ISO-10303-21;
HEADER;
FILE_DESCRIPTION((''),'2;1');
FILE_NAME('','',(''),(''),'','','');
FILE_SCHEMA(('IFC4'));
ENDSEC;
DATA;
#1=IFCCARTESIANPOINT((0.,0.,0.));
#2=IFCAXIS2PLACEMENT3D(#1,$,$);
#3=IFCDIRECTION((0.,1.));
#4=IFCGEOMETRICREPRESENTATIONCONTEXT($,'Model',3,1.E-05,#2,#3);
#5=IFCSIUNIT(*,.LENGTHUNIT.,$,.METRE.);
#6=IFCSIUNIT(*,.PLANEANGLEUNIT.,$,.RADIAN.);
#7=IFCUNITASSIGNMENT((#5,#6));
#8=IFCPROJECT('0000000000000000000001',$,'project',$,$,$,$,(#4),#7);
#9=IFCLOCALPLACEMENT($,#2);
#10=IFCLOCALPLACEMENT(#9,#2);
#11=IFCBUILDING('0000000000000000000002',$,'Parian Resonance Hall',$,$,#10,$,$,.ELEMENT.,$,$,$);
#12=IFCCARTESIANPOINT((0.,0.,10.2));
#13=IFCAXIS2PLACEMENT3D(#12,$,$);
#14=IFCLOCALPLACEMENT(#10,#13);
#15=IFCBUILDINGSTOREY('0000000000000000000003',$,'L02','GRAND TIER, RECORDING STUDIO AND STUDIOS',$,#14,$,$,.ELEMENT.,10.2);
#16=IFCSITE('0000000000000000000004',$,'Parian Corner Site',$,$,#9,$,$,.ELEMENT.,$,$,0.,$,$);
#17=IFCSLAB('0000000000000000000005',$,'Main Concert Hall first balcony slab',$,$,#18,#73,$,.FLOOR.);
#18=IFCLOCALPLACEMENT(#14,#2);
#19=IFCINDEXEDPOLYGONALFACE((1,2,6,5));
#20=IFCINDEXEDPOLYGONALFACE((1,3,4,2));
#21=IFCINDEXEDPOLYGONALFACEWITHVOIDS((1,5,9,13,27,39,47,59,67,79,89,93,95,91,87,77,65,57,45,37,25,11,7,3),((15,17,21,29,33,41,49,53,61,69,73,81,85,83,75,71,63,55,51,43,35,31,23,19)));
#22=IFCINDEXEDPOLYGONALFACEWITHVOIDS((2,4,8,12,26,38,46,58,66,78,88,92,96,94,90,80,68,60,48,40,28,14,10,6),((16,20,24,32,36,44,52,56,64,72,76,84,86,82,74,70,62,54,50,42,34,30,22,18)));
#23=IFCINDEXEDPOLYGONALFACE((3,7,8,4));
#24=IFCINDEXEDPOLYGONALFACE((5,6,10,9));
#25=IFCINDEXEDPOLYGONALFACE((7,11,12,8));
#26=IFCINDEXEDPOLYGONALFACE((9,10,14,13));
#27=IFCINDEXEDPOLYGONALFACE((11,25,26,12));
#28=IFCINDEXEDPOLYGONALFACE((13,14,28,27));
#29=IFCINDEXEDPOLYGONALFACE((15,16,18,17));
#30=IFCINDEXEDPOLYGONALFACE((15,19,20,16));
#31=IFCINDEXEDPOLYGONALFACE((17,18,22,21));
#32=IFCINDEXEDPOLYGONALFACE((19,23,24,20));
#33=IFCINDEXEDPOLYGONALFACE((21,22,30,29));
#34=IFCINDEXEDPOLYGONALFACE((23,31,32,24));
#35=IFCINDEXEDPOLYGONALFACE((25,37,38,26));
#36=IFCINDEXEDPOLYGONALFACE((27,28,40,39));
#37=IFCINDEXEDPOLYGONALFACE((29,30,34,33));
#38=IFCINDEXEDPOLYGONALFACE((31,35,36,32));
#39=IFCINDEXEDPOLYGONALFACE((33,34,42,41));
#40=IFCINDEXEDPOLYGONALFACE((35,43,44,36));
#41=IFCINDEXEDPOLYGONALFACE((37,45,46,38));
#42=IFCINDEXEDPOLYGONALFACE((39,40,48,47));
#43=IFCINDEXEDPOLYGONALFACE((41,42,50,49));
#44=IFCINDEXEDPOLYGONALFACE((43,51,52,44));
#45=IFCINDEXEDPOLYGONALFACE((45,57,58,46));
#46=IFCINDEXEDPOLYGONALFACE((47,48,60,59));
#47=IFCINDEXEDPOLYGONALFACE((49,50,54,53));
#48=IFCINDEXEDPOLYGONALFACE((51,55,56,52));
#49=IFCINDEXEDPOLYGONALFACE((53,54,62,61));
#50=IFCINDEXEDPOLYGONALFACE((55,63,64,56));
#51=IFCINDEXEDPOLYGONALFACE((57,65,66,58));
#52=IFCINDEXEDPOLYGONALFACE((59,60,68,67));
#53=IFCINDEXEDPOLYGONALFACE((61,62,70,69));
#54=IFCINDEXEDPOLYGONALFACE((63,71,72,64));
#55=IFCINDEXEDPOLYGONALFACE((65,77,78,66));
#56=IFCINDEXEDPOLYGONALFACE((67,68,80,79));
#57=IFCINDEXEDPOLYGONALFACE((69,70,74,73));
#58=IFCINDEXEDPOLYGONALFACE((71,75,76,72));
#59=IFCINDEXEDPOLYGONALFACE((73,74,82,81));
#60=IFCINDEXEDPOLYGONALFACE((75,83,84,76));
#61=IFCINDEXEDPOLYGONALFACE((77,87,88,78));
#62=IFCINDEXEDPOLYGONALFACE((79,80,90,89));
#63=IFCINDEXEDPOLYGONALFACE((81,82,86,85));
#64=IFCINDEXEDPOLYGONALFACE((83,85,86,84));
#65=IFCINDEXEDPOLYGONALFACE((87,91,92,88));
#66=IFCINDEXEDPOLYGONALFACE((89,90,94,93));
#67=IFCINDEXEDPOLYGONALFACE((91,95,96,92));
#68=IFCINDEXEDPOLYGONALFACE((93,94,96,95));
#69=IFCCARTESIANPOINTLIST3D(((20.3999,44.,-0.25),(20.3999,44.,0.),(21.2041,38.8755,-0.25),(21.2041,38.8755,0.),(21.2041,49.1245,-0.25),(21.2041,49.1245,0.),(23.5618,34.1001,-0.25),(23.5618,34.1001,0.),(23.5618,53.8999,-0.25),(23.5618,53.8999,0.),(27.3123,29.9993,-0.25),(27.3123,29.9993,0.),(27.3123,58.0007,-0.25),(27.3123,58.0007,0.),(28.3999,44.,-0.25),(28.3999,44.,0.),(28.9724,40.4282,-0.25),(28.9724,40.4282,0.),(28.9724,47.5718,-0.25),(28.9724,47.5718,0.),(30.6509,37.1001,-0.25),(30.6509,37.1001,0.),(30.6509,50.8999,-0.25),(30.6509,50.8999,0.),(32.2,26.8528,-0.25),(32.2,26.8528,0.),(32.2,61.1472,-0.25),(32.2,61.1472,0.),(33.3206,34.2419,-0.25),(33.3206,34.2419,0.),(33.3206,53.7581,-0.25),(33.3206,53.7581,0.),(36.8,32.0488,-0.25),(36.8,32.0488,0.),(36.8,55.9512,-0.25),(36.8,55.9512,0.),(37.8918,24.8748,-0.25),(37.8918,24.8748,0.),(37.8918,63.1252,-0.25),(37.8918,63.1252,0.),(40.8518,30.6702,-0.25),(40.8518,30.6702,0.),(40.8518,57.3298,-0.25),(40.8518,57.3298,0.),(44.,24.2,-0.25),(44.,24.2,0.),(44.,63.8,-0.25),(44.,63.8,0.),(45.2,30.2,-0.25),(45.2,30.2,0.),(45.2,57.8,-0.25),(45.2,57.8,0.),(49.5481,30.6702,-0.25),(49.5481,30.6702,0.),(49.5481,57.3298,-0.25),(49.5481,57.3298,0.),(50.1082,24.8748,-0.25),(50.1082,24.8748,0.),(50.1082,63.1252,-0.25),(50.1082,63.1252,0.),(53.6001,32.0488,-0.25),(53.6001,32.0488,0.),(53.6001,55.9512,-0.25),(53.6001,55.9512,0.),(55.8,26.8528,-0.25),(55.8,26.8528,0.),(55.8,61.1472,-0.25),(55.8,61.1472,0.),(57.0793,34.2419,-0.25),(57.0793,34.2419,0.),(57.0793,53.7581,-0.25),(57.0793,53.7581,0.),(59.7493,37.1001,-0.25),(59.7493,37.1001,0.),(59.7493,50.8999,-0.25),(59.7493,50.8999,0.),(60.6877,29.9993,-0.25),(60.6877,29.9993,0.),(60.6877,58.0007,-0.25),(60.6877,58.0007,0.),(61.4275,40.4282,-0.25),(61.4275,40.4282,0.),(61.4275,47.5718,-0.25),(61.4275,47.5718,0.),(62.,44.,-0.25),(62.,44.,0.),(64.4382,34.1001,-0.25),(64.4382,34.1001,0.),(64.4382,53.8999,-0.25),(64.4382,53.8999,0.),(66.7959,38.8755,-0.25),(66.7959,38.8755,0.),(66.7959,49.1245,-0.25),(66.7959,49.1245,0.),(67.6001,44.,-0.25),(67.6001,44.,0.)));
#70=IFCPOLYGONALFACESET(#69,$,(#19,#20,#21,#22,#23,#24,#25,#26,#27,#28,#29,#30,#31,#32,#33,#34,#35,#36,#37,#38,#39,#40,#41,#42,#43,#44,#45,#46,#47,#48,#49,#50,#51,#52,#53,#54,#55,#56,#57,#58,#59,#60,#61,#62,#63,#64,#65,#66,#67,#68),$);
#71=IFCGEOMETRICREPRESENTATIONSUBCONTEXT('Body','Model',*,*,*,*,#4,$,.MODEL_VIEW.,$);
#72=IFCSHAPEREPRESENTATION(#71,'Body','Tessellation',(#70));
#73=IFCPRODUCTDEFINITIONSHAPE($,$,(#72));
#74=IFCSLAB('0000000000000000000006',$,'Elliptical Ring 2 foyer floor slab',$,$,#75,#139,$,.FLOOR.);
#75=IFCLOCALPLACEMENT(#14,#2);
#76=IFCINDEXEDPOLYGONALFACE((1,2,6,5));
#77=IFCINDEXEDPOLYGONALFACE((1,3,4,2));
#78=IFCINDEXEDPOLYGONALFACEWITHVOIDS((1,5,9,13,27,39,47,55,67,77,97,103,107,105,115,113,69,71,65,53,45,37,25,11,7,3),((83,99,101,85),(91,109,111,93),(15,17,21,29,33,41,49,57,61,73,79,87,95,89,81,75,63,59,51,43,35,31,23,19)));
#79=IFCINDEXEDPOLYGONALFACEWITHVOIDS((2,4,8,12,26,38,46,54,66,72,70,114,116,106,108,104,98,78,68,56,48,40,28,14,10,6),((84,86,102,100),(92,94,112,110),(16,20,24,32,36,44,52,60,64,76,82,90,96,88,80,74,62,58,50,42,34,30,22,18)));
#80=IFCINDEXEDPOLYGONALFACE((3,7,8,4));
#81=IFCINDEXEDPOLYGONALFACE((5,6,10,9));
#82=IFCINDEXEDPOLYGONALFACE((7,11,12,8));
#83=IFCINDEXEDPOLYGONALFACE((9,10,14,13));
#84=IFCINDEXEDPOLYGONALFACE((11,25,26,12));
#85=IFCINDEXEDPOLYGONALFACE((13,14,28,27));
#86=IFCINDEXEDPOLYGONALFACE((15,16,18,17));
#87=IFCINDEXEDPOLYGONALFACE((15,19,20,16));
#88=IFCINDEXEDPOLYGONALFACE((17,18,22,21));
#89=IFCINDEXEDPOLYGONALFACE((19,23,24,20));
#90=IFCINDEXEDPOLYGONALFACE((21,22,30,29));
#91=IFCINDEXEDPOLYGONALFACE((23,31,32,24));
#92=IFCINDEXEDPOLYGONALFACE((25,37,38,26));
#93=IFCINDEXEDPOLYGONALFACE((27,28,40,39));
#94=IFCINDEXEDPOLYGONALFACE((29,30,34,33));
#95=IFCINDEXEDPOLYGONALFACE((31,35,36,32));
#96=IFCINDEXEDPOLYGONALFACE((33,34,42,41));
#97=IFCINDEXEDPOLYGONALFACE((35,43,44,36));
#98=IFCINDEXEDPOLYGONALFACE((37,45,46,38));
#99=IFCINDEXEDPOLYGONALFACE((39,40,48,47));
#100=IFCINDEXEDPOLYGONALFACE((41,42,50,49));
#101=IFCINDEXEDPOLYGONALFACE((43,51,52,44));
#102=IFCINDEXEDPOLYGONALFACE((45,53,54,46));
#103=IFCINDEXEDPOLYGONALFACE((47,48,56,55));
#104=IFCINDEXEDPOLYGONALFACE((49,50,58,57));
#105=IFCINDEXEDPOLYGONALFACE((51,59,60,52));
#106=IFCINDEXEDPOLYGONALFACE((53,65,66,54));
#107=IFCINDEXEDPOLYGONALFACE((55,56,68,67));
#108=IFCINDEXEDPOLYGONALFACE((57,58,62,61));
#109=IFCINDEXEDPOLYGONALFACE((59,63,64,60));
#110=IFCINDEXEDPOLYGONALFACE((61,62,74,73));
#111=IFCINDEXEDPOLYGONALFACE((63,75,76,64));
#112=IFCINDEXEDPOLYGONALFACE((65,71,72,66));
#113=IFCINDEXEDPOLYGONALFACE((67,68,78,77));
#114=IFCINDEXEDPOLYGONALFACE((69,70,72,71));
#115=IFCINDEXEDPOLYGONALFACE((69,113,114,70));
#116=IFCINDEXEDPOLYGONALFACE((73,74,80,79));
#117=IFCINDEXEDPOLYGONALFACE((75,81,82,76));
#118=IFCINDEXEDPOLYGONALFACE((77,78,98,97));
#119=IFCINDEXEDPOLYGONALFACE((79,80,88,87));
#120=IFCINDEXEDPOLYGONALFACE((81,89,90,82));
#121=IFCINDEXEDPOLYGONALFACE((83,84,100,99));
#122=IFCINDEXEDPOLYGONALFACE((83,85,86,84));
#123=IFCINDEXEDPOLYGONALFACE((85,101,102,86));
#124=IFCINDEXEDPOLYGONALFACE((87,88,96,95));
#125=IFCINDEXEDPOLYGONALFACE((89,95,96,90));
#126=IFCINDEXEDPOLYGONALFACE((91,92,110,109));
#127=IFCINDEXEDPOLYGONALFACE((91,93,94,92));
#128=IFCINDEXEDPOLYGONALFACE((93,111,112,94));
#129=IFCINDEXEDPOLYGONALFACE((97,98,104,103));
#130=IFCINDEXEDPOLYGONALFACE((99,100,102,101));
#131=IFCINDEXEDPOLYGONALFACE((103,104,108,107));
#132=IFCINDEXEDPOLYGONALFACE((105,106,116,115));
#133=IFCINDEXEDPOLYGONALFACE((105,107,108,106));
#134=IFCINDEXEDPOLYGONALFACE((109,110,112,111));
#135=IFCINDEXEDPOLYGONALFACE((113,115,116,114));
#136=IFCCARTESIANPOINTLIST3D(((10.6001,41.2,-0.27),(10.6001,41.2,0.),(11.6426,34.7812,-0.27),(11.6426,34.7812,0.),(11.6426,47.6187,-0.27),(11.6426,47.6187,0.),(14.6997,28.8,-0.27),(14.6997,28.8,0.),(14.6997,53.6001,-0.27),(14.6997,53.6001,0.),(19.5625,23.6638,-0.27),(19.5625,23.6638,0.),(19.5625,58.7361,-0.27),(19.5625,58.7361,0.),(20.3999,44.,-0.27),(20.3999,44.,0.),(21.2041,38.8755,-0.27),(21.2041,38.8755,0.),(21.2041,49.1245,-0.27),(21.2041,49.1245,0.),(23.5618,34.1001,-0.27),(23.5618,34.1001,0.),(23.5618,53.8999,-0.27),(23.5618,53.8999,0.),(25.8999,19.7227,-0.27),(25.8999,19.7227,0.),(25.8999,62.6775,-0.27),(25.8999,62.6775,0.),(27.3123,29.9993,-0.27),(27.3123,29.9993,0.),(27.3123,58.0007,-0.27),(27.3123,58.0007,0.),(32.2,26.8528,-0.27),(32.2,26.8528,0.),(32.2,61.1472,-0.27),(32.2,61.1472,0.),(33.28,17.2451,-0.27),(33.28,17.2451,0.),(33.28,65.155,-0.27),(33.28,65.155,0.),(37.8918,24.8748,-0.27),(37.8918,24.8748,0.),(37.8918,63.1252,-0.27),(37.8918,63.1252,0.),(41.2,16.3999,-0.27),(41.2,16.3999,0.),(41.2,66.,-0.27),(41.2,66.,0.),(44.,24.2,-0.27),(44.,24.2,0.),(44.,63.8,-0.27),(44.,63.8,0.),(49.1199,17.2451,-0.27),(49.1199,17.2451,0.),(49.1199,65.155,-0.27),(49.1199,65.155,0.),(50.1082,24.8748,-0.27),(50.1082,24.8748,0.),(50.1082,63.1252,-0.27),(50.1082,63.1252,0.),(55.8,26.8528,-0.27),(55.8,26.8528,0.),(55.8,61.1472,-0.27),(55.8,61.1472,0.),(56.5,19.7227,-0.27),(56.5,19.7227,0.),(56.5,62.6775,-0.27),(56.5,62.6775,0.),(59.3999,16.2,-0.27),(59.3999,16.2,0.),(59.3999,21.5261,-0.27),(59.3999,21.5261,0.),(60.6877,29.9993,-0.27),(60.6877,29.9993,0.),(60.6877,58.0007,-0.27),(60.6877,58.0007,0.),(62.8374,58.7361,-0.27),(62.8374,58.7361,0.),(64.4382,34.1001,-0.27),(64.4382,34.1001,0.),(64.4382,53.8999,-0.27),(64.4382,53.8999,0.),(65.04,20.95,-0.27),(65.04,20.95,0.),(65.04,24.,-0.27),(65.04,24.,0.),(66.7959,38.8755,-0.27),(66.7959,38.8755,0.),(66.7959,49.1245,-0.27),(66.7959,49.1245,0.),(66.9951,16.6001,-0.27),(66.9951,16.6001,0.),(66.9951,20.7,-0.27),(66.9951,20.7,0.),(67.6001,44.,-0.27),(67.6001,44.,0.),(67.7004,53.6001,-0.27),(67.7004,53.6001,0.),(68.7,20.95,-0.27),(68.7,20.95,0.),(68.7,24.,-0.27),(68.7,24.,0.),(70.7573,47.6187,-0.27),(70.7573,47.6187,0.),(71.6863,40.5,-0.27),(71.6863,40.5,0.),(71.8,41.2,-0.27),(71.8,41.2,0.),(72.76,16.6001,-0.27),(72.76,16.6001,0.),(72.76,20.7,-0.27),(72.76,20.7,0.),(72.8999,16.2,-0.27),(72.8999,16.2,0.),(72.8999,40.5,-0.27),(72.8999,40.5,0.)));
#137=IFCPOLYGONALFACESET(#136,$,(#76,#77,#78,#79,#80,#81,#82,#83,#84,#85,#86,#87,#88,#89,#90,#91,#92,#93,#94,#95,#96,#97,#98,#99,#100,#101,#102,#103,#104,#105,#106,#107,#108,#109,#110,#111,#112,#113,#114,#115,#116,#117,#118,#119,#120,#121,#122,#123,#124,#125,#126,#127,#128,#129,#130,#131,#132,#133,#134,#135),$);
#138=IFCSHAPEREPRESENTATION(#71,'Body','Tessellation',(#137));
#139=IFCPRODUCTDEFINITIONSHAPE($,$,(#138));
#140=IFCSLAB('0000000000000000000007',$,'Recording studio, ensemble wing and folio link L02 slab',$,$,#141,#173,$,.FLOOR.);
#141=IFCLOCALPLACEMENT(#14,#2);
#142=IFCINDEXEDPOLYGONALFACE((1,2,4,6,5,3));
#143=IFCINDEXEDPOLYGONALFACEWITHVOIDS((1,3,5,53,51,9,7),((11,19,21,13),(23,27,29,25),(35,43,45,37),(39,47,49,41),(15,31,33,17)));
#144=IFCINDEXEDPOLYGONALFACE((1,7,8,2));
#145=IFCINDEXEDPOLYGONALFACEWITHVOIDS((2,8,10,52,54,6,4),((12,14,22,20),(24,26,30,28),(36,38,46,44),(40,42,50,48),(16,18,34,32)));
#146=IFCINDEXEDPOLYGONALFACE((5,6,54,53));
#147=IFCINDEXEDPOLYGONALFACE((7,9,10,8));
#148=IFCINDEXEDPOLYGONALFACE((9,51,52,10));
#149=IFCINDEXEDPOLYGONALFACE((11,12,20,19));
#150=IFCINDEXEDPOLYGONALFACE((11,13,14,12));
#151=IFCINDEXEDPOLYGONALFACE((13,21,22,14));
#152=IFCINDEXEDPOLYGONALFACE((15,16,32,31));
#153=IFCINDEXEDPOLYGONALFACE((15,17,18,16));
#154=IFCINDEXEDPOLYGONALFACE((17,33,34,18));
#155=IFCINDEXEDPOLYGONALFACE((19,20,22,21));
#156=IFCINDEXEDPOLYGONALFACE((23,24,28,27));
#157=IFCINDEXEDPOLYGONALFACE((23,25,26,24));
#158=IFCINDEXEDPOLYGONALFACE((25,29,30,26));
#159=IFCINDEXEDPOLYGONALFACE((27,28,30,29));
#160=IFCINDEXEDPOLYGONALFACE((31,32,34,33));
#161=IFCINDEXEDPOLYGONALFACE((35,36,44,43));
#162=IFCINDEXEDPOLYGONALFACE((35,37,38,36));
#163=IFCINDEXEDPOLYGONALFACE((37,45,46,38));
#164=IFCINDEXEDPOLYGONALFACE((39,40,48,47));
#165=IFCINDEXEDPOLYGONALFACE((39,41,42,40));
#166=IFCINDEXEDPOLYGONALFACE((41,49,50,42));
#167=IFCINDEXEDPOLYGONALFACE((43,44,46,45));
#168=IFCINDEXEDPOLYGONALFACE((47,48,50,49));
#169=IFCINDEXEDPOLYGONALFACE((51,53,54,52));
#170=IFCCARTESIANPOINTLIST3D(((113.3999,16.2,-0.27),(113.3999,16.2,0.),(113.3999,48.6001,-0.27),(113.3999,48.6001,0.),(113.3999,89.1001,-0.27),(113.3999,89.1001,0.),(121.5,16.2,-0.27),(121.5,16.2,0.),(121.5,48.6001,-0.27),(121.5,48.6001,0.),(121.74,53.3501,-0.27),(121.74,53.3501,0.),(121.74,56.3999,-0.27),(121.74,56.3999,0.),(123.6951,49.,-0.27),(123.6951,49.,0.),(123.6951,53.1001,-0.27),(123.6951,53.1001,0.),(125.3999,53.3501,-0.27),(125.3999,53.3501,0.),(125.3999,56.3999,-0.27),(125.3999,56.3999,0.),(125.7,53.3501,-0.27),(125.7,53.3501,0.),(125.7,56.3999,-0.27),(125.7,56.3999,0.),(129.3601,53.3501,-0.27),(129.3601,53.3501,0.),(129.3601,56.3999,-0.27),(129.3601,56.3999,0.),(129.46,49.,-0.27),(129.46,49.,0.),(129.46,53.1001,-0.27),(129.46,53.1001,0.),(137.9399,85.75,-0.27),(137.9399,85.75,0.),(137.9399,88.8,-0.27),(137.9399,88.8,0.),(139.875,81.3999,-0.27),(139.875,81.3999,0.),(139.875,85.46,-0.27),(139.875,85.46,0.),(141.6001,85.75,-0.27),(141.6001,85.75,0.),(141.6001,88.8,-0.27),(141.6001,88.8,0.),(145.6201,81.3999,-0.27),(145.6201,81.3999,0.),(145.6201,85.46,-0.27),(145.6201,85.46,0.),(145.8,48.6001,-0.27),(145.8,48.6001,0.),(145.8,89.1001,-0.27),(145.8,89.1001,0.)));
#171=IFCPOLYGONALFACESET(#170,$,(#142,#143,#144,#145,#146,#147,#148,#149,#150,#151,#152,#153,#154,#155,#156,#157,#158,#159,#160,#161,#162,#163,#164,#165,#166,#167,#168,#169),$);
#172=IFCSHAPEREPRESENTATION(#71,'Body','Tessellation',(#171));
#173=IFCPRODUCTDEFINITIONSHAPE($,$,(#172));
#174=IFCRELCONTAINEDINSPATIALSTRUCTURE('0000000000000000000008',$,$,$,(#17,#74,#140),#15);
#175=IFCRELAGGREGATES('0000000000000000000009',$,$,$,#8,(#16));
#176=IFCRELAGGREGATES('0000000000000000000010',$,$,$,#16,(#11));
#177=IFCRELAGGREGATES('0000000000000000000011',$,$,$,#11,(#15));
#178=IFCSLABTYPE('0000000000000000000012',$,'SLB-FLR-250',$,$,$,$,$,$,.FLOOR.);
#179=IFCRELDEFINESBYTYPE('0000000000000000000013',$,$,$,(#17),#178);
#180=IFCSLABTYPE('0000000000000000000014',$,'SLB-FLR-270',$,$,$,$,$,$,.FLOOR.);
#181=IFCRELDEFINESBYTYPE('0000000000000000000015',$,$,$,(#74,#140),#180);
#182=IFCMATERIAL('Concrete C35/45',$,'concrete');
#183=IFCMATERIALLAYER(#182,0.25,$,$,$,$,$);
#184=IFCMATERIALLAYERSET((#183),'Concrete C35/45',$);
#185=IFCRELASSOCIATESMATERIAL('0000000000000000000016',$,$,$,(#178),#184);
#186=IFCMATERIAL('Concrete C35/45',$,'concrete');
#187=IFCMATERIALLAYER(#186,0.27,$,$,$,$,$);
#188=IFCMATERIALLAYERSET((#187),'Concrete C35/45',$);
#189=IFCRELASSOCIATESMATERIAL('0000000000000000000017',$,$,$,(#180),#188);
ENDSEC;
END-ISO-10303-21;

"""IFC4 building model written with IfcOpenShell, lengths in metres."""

from ifc_helpers import new_model, si_unit, direction, frame, origin, place, context, subcontext, project, spatial, polyline, outline, extrude, material, layer, layer_set, type_object, element, save


model = new_model("IFC4")

# Units and contexts
model_context = context("Model", 3, precision=1e-05, world=origin(), true_north=direction((0.0, 1.0)))
body_context = subcontext(model_context, "Body", "Model", "MODEL_VIEW")
ifc_project = project(units=[si_unit("LENGTHUNIT", "METRE"), si_unit("PLANEANGLEUNIT", "RADIAN")], contexts=[model_context])

# Site, building, storey
site_placement = place(None, origin())
site = spatial("IfcSite", under=ifc_project, at=site_placement, Name="Parian Corner Site", CompositionType="ELEMENT", RefElevation=0.0)
building_placement = place(site_placement, origin())
building = spatial("IfcBuilding", under=site, at=building_placement, Name="Parian Resonance Hall", CompositionType="ELEMENT")
storey_placement = place(building_placement, frame((0.0, 0.0, 10.2)))
storey = spatial("IfcBuildingStorey", under=building, at=storey_placement, Name="L02", Description="GRAND TIER, RECORDING STUDIO AND STUDIOS", CompositionType="ELEMENT", Elevation=10.2)

# Slabs
ifc_material_1 = material(Name="Concrete C35/45", Category="concrete")
ifc_layer_1 = layer(ifc_material_1, 0.25)
ifc_layer_set_1 = layer_set([ifc_layer_1], Name="Concrete C35/45")
slab_type_1 = type_object("IfcSlabType", Name="SLB-FLR-250", PredefinedType="FLOOR", material=ifc_layer_set_1)
slab_1_placement = place(storey_placement, frame((0.0, 0.0, -0.25)))
element("IfcSlab", 1, at=slab_1_placement, inside=storey, type_object=slab_type_1, Name="Main Concert Hall first balcony slab", PredefinedType="FLOOR", context=body_context, shape_type="SweptSolid", body=[
    extrude(outline(polyline([(67.6001, 44.0), (66.7959, 49.1245), (64.4382, 53.8999), (60.6877, 58.0007), (55.8, 61.1472), (50.1082, 63.1252), (44.0, 63.8), (37.8918, 63.1252), (32.2, 61.1472), (27.3123, 58.0007), (23.5618, 53.8999), (21.2041, 49.1245), (20.3999, 44.0), (21.2041, 38.8755), (23.5618, 34.1001), (27.3123, 29.9993), (32.2, 26.8528), (37.8918, 24.8748), (44.0, 24.2), (50.1082, 24.8748), (55.8, 26.8528), (60.6877, 29.9993), (64.4382, 34.1001), (66.7959, 38.8755), (67.6001, 44.0)]), holes=[polyline([(62.0, 44.0), (61.4275, 40.4282), (59.7493, 37.1001), (57.0793, 34.2419), (53.6001, 32.0488), (49.5481, 30.6702), (45.2, 30.2), (40.8518, 30.6702), (36.8, 32.0488), (33.3206, 34.2419), (30.6509, 37.1001), (28.9724, 40.4282), (28.3999, 44.0), (28.9724, 47.5718), (30.6509, 50.8999), (33.3206, 53.7581), (36.8, 55.9512), (40.8518, 57.3298), (45.2, 57.8), (49.5481, 57.3298), (53.6001, 55.9512), (57.0793, 53.7581), (59.7493, 50.8999), (61.4275, 47.5718), (62.0, 44.0)])]), origin(), (0.0, 0.0, 1.0), 0.25),
])
ifc_material_2 = material(Name="Concrete C35/45", Category="concrete")
ifc_layer_2 = layer(ifc_material_2, 0.27)
ifc_layer_set_2 = layer_set([ifc_layer_2], Name="Concrete C35/45")
slab_type_2 = type_object("IfcSlabType", Name="SLB-FLR-270", PredefinedType="FLOOR", material=ifc_layer_set_2)
slab_2_placement = place(storey_placement, frame((0.0, 0.0, -0.27)))
element("IfcSlab", 2, at=slab_2_placement, inside=storey, type_object=slab_type_2, Name="Elliptical Ring 2 foyer floor slab", PredefinedType="FLOOR", context=body_context, shape_type="SweptSolid", body=[
    extrude(outline(polyline([(72.8999, 16.2), (72.8999, 40.5), (71.6863, 40.5), (71.8, 41.2), (70.7573, 47.6187), (67.7004, 53.6001), (62.8374, 58.7361), (56.5, 62.6775), (49.1199, 65.155), (41.2, 66.0), (33.28, 65.155), (25.8999, 62.6775), (19.5625, 58.7361), (14.6997, 53.6001), (11.6426, 47.6187), (10.6001, 41.2), (11.6426, 34.7812), (14.6997, 28.8), (19.5625, 23.6638), (25.8999, 19.7227), (33.28, 17.2451), (41.2, 16.3999), (49.1199, 17.2451), (56.5, 19.7227), (59.3999, 21.5261), (59.3999, 16.2), (72.8999, 16.2)]), holes=[polyline([(66.7959, 49.1245), (67.6001, 44.0), (66.7959, 38.8755), (64.4382, 34.1001), (60.6877, 29.9993), (55.8, 26.8528), (50.1082, 24.8748), (44.0, 24.2), (37.8918, 24.8748), (32.2, 26.8528), (27.3123, 29.9993), (23.5618, 34.1001), (21.2041, 38.8755), (20.3999, 44.0), (21.2041, 49.1245), (23.5618, 53.8999), (27.3123, 58.0007), (32.2, 61.1472), (37.8918, 63.1252), (44.0, 63.8), (50.1082, 63.1252), (55.8, 61.1472), (60.6877, 58.0007), (64.4382, 53.8999), (66.7959, 49.1245)]), polyline([(66.9951, 20.7), (72.76, 20.7), (72.76, 16.6001), (66.9951, 16.6001), (66.9951, 20.7)]), polyline([(65.04, 24.0), (68.7, 24.0), (68.7, 20.95), (65.04, 20.95), (65.04, 24.0)])]), origin(), (0.0, 0.0, 1.0), 0.27),
])
slab_3_placement = place(storey_placement, frame((0.0, 0.0, -0.27)))
element("IfcSlab", 3, at=slab_3_placement, inside=storey, type_object=slab_type_2, Name="Recording studio, ensemble wing and folio link L02 slab", PredefinedType="FLOOR", context=body_context, shape_type="SweptSolid", body=[
    extrude(outline(polyline([(121.5, 16.2), (121.5, 48.6001), (145.8, 48.6001), (145.8, 89.1001), (113.3999, 89.1001), (113.3999, 48.6001), (113.3999, 16.2), (121.5, 16.2)]), holes=[polyline([(129.46, 53.1001), (129.46, 49.0), (123.6951, 49.0), (123.6951, 53.1001), (129.46, 53.1001)]), polyline([(125.3999, 56.3999), (125.3999, 53.3501), (121.74, 53.3501), (121.74, 56.3999), (125.3999, 56.3999)]), polyline([(129.3601, 56.3999), (129.3601, 53.3501), (125.7, 53.3501), (125.7, 56.3999), (129.3601, 56.3999)]), polyline([(145.6201, 81.3999), (139.875, 81.3999), (139.875, 85.46), (145.6201, 85.46), (145.6201, 81.3999)]), polyline([(141.6001, 85.75), (137.9399, 85.75), (137.9399, 88.8), (141.6001, 88.8), (141.6001, 85.75)])]), origin(), (0.0, 0.0, 1.0), 0.27),
])

save(model, "model.ifc")
